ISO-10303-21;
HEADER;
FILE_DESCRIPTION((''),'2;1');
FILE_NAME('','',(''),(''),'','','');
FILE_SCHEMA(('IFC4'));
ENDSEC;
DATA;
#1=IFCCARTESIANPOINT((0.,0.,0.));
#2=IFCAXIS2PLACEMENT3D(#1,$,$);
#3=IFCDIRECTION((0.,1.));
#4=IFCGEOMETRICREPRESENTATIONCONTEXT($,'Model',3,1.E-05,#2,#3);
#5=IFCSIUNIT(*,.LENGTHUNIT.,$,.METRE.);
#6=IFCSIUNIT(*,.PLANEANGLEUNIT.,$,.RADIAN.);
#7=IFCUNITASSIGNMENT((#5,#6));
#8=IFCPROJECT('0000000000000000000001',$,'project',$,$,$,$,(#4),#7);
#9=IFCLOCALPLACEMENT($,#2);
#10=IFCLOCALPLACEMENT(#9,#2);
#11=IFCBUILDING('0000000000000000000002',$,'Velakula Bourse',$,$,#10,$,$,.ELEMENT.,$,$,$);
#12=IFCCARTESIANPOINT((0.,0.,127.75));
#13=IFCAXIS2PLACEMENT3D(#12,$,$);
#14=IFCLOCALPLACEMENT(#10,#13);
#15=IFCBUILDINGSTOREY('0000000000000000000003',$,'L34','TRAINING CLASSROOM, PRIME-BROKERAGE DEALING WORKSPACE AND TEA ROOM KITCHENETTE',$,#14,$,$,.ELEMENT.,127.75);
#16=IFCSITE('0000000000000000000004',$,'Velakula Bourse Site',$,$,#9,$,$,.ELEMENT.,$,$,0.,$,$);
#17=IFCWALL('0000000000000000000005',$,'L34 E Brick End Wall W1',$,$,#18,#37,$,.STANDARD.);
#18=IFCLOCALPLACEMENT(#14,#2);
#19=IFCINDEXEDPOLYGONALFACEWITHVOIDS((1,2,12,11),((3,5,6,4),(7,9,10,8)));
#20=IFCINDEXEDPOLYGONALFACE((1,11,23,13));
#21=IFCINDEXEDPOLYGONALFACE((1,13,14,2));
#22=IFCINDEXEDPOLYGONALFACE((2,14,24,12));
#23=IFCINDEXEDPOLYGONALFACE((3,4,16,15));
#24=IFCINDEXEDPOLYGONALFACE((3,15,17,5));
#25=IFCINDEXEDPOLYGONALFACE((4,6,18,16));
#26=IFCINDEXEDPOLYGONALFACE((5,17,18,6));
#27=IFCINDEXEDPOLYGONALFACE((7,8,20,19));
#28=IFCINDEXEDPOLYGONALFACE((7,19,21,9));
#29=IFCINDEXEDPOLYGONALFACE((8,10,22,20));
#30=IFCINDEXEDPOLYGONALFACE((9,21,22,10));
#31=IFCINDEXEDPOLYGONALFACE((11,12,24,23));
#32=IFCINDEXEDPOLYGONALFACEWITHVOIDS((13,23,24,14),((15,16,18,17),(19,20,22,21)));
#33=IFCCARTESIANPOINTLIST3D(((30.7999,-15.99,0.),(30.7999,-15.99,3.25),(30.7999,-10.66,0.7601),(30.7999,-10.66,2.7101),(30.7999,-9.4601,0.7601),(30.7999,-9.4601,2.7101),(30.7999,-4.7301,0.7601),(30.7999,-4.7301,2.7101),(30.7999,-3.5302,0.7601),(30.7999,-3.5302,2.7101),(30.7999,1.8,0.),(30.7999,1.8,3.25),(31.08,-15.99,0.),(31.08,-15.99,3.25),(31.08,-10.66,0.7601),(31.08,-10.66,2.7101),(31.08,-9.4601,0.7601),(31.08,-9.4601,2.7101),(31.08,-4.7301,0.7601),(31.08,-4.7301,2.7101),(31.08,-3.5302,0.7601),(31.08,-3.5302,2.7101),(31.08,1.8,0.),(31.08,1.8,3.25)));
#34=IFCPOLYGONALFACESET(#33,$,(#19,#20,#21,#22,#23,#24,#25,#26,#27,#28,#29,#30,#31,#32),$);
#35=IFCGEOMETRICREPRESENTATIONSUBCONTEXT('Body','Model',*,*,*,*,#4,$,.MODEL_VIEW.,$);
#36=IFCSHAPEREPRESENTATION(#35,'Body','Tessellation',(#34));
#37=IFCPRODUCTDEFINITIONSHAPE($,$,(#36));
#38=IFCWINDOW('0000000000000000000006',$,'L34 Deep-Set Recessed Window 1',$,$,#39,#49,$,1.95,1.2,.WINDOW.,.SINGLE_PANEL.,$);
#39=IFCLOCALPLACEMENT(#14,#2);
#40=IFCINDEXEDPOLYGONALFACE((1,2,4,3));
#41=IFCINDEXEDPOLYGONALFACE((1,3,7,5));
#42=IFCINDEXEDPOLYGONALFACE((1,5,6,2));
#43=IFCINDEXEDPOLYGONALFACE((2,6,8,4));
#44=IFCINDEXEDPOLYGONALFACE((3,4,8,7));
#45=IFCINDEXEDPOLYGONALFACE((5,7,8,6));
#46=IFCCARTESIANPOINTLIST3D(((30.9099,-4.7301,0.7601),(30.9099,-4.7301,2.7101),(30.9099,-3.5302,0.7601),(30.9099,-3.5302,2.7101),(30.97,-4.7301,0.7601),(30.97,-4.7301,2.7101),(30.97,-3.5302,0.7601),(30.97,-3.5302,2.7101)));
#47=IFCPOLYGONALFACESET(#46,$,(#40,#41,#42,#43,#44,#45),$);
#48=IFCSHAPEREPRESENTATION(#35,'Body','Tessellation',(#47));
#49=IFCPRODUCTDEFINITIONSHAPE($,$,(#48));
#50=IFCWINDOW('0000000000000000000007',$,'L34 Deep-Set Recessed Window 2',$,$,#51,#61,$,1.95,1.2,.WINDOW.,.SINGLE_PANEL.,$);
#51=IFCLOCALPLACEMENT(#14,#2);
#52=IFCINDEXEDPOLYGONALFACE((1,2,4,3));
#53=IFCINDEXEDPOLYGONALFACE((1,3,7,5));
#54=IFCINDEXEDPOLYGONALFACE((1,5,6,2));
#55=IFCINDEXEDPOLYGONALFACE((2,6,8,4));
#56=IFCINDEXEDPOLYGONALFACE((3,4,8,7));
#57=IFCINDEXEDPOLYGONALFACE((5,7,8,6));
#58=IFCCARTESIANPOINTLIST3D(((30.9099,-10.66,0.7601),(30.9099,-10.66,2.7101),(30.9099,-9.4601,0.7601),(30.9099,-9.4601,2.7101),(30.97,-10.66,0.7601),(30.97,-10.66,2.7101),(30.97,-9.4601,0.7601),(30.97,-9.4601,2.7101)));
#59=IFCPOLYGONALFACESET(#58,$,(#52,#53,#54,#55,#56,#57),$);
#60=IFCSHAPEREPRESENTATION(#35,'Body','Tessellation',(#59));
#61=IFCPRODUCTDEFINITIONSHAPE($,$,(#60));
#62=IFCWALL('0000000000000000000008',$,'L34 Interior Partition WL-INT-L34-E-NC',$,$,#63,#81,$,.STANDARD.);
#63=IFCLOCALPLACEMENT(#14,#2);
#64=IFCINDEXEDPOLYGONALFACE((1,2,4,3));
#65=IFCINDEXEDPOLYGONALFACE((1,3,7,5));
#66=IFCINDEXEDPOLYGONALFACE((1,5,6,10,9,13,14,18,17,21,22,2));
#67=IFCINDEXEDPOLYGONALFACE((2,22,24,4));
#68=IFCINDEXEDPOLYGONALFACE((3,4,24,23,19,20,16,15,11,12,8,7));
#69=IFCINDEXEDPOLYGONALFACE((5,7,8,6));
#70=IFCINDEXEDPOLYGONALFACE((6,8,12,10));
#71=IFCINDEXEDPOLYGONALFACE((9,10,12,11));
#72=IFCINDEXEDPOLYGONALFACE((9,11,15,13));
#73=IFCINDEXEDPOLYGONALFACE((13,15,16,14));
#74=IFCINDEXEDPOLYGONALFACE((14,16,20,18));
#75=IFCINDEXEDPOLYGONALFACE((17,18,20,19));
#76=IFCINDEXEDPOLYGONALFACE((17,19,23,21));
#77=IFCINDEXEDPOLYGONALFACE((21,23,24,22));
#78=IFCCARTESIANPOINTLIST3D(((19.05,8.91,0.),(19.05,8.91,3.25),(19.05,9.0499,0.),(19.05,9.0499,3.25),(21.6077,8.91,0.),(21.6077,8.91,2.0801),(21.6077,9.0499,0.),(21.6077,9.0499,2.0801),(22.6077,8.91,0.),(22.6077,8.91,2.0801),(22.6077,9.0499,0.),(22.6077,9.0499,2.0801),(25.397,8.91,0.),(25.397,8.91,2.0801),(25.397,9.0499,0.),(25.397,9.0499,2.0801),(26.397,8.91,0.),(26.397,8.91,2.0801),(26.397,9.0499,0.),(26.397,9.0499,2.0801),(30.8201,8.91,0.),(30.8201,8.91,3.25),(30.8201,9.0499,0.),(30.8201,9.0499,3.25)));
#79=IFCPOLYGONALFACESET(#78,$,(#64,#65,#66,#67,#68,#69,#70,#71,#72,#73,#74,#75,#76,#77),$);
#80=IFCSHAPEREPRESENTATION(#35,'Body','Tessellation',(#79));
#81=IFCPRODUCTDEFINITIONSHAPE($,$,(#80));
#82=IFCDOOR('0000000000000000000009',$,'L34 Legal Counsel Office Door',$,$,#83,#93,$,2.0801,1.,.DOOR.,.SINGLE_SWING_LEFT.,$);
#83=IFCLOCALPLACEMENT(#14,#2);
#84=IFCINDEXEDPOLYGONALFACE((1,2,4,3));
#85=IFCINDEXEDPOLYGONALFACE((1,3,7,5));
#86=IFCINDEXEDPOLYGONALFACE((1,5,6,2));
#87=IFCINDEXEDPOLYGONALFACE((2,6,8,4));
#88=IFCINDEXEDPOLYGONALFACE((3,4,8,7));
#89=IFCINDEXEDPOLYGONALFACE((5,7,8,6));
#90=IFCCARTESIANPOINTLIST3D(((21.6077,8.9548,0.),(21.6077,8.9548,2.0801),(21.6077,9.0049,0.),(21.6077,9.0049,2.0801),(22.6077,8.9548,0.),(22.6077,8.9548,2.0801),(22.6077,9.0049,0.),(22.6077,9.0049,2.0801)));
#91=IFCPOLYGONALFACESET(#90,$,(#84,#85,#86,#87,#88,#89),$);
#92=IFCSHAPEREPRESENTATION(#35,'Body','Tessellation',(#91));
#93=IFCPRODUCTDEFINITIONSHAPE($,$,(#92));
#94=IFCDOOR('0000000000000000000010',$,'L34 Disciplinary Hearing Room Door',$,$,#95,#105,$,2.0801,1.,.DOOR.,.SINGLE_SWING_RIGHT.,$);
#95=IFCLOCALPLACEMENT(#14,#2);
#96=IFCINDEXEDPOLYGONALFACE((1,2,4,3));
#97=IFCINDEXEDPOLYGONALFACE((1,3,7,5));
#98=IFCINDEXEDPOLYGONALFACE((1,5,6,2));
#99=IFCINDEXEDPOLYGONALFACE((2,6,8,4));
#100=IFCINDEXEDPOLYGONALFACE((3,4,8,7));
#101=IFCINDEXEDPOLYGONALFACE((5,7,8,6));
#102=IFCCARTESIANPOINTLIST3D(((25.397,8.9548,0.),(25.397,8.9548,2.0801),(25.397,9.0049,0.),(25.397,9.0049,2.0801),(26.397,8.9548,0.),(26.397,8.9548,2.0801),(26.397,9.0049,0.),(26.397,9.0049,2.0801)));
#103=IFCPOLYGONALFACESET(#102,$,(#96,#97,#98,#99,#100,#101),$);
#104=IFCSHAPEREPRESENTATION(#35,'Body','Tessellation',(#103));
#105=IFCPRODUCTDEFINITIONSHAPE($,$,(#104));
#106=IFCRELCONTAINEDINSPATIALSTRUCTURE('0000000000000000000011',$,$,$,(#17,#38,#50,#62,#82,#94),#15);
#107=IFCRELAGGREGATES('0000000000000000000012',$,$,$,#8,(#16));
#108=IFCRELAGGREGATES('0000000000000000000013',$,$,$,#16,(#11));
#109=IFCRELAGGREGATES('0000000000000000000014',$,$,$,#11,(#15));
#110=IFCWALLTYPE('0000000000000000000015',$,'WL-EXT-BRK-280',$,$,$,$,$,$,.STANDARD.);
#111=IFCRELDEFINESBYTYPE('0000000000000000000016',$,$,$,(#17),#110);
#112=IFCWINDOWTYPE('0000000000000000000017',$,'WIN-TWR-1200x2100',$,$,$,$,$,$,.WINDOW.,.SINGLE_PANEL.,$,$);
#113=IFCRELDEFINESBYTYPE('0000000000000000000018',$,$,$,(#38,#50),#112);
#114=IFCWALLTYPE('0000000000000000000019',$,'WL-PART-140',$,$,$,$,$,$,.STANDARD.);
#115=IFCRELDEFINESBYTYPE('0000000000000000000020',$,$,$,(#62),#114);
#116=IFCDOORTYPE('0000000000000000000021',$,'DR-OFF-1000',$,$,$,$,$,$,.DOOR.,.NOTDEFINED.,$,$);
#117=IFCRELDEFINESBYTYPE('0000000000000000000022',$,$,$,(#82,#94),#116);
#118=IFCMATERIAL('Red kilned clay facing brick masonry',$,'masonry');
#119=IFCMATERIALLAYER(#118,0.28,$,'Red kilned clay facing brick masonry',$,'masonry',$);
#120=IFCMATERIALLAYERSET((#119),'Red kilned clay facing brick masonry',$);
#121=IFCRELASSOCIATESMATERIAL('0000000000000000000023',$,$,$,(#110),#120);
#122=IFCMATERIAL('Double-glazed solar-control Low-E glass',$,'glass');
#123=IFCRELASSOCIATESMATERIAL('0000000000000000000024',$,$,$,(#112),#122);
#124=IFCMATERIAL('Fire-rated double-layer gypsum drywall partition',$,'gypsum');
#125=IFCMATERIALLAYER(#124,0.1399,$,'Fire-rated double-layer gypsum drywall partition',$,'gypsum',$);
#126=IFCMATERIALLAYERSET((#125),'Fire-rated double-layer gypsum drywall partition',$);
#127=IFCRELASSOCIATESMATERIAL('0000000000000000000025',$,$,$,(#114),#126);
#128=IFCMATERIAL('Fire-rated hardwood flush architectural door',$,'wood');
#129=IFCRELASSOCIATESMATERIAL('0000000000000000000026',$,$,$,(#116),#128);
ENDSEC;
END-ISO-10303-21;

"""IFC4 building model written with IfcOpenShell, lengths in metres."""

from ifc_helpers import new_model, si_unit, direction, frame, frame_2d, origin, place, context, subcontext, project, spatial, rectangle, extrude, material, layer, layer_set, type_object, element, fill, save


model = new_model("IFC4")

# Units and contexts
model_context = context("Model", 3, precision=1e-05, world=origin(), true_north=direction((0.0, 1.0)))
body_context = subcontext(model_context, "Body", "Model", "MODEL_VIEW")
ifc_project = project(units=[si_unit("LENGTHUNIT", "METRE"), si_unit("PLANEANGLEUNIT", "RADIAN")], contexts=[model_context])

# Site, building, storey
site_placement = place(None, origin())
site = spatial("IfcSite", under=ifc_project, at=site_placement, Name="Velakula Bourse Site", CompositionType="ELEMENT", RefElevation=0.0)
building_placement = place(site_placement, origin())
building = spatial("IfcBuilding", under=site, at=building_placement, Name="Velakula Bourse", CompositionType="ELEMENT")
storey_placement = place(building_placement, frame((0.0, 0.0, 127.75)))
storey = spatial("IfcBuildingStorey", under=building, at=storey_placement, Name="L34", Description="TRAINING CLASSROOM, PRIME-BROKERAGE DEALING WORKSPACE AND TEA ROOM KITCHENETTE", CompositionType="ELEMENT", Elevation=127.75)

# Wall, openings, windows
ifc_material_1 = material(Name="Red kilned clay facing brick masonry", Category="masonry")
ifc_layer_1 = layer(ifc_material_1, 0.28, Name="Red kilned clay facing brick masonry", Category="masonry")
ifc_layer_set_1 = layer_set([ifc_layer_1], Name="Red kilned clay facing brick masonry")
wall_type_1 = type_object("IfcWallType", Name="WL-EXT-BRK-280", PredefinedType="STANDARD", material=ifc_layer_set_1)
wall_1_placement = place(storey_placement, frame((30.9399, 1.8, 0.0), z_axis=(0.0, 0.0, 1.0), x_axis=(0.0, -1.0, 0.0)))
wall_1 = element("IfcWall", 1, at=wall_1_placement, inside=storey, type_object=wall_type_1, Name="L34 E Brick End Wall W1", PredefinedType="STANDARD", context=body_context, shape_type="SweptSolid", body=[
    extrude(rectangle(XDim=17.79, YDim=0.28, at=frame_2d((8.895, 0.0))), origin(), (0.0, 0.0, 1.0), 3.25),
])
opening_1_placement = place(wall_1_placement, frame((5.3301, 0.0, 0.76)))
opening_1 = element("IfcOpeningElement", 2, at=opening_1_placement, cuts=wall_1, PredefinedType="OPENING", context=body_context, shape_type="SweptSolid", body=[
    extrude(rectangle(XDim=1.2, YDim=1.95, at=frame_2d((0.6001, 0.9751))), frame((0.0, 0.1499, 0.0), z_axis=(0.0, -1.0, 0.0), x_axis=(1.0, 0.0, 0.0)), (0.0, 0.0, 1.0), 0.3),
])
opening_2_placement = place(wall_1_placement, frame((11.26, 0.0, 0.76)))
opening_2 = element("IfcOpeningElement", 3, at=opening_2_placement, cuts=wall_1, PredefinedType="OPENING", context=body_context, shape_type="SweptSolid", body=[
    extrude(rectangle(XDim=1.2, YDim=1.95, at=frame_2d((0.6001, 0.9751))), frame((0.0, 0.1499, 0.0), z_axis=(0.0, -1.0, 0.0), x_axis=(1.0, 0.0, 0.0)), (0.0, 0.0, 1.0), 0.3),
])
ifc_material_2 = material(Name="Double-glazed solar-control Low-E glass", Category="glass")
window_type = type_object("IfcWindowType", Name="WIN-TWR-1200x2100", PartitioningType="SINGLE_PANEL", PredefinedType="WINDOW", material=ifc_material_2)
window_1_placement = place(opening_1_placement, origin())
window_1 = element("IfcWindow", 4, at=window_1_placement, inside=storey, type_object=window_type, Name="L34 Deep-Set Recessed Window 1", OverallHeight=1.95, OverallWidth=1.2, PartitioningType="SINGLE_PANEL", PredefinedType="WINDOW", context=body_context, shape_type="SweptSolid", body=[
    extrude(rectangle(XDim=1.2, YDim=1.95, at=frame_2d((0.6001, 0.9751))), frame((0.0, 0.03, 0.0), z_axis=(0.0, -1.0, 0.0), x_axis=(1.0, 0.0, 0.0)), (0.0, 0.0, 1.0), 0.0601),
])
fill(opening_1, window_1)
window_2_placement = place(opening_2_placement, origin())
window_2 = element("IfcWindow", 5, at=window_2_placement, inside=storey, type_object=window_type, Name="L34 Deep-Set Recessed Window 2", OverallHeight=1.95, OverallWidth=1.2, PartitioningType="SINGLE_PANEL", PredefinedType="WINDOW", context=body_context, shape_type="SweptSolid", body=[
    extrude(rectangle(XDim=1.2, YDim=1.95, at=frame_2d((0.6001, 0.9751))), frame((0.0, 0.03, 0.0), z_axis=(0.0, -1.0, 0.0), x_axis=(1.0, 0.0, 0.0)), (0.0, 0.0, 1.0), 0.0601),
])
fill(opening_2, window_2)

# Wall, openings, doors
ifc_material_3 = material(Name="Fire-rated double-layer gypsum drywall partition", Category="gypsum")
ifc_layer_2 = layer(ifc_material_3, 0.1399, Name="Fire-rated double-layer gypsum drywall partition", Category="gypsum")
ifc_layer_set_2 = layer_set([ifc_layer_2], Name="Fire-rated double-layer gypsum drywall partition")
wall_type_2 = type_object("IfcWallType", Name="WL-PART-140", PredefinedType="STANDARD", material=ifc_layer_set_2)
wall_2_placement = place(storey_placement, frame((19.05, 8.98, 0.0), z_axis=(0.0, 0.0, 1.0), x_axis=(1.0, 0.0, 0.0)))
wall_2 = element("IfcWall", 6, at=wall_2_placement, inside=storey, type_object=wall_type_2, Name="L34 Interior Partition WL-INT-L34-E-NC", PredefinedType="STANDARD", context=body_context, shape_type="SweptSolid", body=[
    extrude(rectangle(XDim=11.77, YDim=0.1399, at=frame_2d((5.885, 0.0))), origin(), (0.0, 0.0, 1.0), 3.25),
])
opening_3_placement = place(wall_2_placement, frame((2.5576, 0.0, 0.0)))
opening_3 = element("IfcOpeningElement", 7, at=opening_3_placement, cuts=wall_2, PredefinedType="OPENING", context=body_context, shape_type="SweptSolid", body=[
    extrude(rectangle(XDim=1.0, YDim=2.0801, at=frame_2d((0.5, 1.04))), frame((0.0, 0.0798, 0.0), z_axis=(0.0, -1.0, 0.0), x_axis=(1.0, 0.0, 0.0)), (0.0, 0.0, 1.0), 0.1599),
])
opening_4_placement = place(wall_2_placement, frame((6.3469, 0.0, 0.0)))
opening_4 = element("IfcOpeningElement", 8, at=opening_4_placement, cuts=wall_2, PredefinedType="OPENING", context=body_context, shape_type="SweptSolid", body=[
    extrude(rectangle(XDim=1.0, YDim=2.0801, at=frame_2d((0.5, 1.04))), frame((0.0, 0.0798, 0.0), z_axis=(0.0, -1.0, 0.0), x_axis=(1.0, 0.0, 0.0)), (0.0, 0.0, 1.0), 0.1599),
])
ifc_material_4 = material(Name="Fire-rated hardwood flush architectural door", Category="wood")
door_type = type_object("IfcDoorType", Name="DR-OFF-1000", OperationType="NOTDEFINED", PredefinedType="DOOR", material=ifc_material_4)
door_1_placement = place(opening_3_placement, origin())
door_1 = element("IfcDoor", 9, at=door_1_placement, inside=storey, type_object=door_type, Name="L34 Legal Counsel Office Door", OperationType="SINGLE_SWING_LEFT", OverallHeight=2.0801, OverallWidth=1.0, PredefinedType="DOOR", context=body_context, shape_type="SweptSolid", body=[
    extrude(rectangle(XDim=1.0, YDim=2.0801, at=frame_2d((0.5, 1.04))), frame((0.0, 0.0249, 0.0), z_axis=(0.0, -1.0, 0.0), x_axis=(1.0, 0.0, 0.0)), (0.0, 0.0, 1.0), 0.05),
])
fill(opening_3, door_1)
door_2_placement = place(opening_4_placement, origin())
door_2 = element("IfcDoor", 10, at=door_2_placement, inside=storey, type_object=door_type, Name="L34 Disciplinary Hearing Room Door", OperationType="SINGLE_SWING_RIGHT", OverallHeight=2.0801, OverallWidth=1.0, PredefinedType="DOOR", context=body_context, shape_type="SweptSolid", body=[
    extrude(rectangle(XDim=1.0, YDim=2.0801, at=frame_2d((0.5, 1.04))), frame((0.0, 0.0249, 0.0), z_axis=(0.0, -1.0, 0.0), x_axis=(1.0, 0.0, 0.0)), (0.0, 0.0, 1.0), 0.05),
])
fill(opening_4, door_2)

save(model, "model.ifc")
